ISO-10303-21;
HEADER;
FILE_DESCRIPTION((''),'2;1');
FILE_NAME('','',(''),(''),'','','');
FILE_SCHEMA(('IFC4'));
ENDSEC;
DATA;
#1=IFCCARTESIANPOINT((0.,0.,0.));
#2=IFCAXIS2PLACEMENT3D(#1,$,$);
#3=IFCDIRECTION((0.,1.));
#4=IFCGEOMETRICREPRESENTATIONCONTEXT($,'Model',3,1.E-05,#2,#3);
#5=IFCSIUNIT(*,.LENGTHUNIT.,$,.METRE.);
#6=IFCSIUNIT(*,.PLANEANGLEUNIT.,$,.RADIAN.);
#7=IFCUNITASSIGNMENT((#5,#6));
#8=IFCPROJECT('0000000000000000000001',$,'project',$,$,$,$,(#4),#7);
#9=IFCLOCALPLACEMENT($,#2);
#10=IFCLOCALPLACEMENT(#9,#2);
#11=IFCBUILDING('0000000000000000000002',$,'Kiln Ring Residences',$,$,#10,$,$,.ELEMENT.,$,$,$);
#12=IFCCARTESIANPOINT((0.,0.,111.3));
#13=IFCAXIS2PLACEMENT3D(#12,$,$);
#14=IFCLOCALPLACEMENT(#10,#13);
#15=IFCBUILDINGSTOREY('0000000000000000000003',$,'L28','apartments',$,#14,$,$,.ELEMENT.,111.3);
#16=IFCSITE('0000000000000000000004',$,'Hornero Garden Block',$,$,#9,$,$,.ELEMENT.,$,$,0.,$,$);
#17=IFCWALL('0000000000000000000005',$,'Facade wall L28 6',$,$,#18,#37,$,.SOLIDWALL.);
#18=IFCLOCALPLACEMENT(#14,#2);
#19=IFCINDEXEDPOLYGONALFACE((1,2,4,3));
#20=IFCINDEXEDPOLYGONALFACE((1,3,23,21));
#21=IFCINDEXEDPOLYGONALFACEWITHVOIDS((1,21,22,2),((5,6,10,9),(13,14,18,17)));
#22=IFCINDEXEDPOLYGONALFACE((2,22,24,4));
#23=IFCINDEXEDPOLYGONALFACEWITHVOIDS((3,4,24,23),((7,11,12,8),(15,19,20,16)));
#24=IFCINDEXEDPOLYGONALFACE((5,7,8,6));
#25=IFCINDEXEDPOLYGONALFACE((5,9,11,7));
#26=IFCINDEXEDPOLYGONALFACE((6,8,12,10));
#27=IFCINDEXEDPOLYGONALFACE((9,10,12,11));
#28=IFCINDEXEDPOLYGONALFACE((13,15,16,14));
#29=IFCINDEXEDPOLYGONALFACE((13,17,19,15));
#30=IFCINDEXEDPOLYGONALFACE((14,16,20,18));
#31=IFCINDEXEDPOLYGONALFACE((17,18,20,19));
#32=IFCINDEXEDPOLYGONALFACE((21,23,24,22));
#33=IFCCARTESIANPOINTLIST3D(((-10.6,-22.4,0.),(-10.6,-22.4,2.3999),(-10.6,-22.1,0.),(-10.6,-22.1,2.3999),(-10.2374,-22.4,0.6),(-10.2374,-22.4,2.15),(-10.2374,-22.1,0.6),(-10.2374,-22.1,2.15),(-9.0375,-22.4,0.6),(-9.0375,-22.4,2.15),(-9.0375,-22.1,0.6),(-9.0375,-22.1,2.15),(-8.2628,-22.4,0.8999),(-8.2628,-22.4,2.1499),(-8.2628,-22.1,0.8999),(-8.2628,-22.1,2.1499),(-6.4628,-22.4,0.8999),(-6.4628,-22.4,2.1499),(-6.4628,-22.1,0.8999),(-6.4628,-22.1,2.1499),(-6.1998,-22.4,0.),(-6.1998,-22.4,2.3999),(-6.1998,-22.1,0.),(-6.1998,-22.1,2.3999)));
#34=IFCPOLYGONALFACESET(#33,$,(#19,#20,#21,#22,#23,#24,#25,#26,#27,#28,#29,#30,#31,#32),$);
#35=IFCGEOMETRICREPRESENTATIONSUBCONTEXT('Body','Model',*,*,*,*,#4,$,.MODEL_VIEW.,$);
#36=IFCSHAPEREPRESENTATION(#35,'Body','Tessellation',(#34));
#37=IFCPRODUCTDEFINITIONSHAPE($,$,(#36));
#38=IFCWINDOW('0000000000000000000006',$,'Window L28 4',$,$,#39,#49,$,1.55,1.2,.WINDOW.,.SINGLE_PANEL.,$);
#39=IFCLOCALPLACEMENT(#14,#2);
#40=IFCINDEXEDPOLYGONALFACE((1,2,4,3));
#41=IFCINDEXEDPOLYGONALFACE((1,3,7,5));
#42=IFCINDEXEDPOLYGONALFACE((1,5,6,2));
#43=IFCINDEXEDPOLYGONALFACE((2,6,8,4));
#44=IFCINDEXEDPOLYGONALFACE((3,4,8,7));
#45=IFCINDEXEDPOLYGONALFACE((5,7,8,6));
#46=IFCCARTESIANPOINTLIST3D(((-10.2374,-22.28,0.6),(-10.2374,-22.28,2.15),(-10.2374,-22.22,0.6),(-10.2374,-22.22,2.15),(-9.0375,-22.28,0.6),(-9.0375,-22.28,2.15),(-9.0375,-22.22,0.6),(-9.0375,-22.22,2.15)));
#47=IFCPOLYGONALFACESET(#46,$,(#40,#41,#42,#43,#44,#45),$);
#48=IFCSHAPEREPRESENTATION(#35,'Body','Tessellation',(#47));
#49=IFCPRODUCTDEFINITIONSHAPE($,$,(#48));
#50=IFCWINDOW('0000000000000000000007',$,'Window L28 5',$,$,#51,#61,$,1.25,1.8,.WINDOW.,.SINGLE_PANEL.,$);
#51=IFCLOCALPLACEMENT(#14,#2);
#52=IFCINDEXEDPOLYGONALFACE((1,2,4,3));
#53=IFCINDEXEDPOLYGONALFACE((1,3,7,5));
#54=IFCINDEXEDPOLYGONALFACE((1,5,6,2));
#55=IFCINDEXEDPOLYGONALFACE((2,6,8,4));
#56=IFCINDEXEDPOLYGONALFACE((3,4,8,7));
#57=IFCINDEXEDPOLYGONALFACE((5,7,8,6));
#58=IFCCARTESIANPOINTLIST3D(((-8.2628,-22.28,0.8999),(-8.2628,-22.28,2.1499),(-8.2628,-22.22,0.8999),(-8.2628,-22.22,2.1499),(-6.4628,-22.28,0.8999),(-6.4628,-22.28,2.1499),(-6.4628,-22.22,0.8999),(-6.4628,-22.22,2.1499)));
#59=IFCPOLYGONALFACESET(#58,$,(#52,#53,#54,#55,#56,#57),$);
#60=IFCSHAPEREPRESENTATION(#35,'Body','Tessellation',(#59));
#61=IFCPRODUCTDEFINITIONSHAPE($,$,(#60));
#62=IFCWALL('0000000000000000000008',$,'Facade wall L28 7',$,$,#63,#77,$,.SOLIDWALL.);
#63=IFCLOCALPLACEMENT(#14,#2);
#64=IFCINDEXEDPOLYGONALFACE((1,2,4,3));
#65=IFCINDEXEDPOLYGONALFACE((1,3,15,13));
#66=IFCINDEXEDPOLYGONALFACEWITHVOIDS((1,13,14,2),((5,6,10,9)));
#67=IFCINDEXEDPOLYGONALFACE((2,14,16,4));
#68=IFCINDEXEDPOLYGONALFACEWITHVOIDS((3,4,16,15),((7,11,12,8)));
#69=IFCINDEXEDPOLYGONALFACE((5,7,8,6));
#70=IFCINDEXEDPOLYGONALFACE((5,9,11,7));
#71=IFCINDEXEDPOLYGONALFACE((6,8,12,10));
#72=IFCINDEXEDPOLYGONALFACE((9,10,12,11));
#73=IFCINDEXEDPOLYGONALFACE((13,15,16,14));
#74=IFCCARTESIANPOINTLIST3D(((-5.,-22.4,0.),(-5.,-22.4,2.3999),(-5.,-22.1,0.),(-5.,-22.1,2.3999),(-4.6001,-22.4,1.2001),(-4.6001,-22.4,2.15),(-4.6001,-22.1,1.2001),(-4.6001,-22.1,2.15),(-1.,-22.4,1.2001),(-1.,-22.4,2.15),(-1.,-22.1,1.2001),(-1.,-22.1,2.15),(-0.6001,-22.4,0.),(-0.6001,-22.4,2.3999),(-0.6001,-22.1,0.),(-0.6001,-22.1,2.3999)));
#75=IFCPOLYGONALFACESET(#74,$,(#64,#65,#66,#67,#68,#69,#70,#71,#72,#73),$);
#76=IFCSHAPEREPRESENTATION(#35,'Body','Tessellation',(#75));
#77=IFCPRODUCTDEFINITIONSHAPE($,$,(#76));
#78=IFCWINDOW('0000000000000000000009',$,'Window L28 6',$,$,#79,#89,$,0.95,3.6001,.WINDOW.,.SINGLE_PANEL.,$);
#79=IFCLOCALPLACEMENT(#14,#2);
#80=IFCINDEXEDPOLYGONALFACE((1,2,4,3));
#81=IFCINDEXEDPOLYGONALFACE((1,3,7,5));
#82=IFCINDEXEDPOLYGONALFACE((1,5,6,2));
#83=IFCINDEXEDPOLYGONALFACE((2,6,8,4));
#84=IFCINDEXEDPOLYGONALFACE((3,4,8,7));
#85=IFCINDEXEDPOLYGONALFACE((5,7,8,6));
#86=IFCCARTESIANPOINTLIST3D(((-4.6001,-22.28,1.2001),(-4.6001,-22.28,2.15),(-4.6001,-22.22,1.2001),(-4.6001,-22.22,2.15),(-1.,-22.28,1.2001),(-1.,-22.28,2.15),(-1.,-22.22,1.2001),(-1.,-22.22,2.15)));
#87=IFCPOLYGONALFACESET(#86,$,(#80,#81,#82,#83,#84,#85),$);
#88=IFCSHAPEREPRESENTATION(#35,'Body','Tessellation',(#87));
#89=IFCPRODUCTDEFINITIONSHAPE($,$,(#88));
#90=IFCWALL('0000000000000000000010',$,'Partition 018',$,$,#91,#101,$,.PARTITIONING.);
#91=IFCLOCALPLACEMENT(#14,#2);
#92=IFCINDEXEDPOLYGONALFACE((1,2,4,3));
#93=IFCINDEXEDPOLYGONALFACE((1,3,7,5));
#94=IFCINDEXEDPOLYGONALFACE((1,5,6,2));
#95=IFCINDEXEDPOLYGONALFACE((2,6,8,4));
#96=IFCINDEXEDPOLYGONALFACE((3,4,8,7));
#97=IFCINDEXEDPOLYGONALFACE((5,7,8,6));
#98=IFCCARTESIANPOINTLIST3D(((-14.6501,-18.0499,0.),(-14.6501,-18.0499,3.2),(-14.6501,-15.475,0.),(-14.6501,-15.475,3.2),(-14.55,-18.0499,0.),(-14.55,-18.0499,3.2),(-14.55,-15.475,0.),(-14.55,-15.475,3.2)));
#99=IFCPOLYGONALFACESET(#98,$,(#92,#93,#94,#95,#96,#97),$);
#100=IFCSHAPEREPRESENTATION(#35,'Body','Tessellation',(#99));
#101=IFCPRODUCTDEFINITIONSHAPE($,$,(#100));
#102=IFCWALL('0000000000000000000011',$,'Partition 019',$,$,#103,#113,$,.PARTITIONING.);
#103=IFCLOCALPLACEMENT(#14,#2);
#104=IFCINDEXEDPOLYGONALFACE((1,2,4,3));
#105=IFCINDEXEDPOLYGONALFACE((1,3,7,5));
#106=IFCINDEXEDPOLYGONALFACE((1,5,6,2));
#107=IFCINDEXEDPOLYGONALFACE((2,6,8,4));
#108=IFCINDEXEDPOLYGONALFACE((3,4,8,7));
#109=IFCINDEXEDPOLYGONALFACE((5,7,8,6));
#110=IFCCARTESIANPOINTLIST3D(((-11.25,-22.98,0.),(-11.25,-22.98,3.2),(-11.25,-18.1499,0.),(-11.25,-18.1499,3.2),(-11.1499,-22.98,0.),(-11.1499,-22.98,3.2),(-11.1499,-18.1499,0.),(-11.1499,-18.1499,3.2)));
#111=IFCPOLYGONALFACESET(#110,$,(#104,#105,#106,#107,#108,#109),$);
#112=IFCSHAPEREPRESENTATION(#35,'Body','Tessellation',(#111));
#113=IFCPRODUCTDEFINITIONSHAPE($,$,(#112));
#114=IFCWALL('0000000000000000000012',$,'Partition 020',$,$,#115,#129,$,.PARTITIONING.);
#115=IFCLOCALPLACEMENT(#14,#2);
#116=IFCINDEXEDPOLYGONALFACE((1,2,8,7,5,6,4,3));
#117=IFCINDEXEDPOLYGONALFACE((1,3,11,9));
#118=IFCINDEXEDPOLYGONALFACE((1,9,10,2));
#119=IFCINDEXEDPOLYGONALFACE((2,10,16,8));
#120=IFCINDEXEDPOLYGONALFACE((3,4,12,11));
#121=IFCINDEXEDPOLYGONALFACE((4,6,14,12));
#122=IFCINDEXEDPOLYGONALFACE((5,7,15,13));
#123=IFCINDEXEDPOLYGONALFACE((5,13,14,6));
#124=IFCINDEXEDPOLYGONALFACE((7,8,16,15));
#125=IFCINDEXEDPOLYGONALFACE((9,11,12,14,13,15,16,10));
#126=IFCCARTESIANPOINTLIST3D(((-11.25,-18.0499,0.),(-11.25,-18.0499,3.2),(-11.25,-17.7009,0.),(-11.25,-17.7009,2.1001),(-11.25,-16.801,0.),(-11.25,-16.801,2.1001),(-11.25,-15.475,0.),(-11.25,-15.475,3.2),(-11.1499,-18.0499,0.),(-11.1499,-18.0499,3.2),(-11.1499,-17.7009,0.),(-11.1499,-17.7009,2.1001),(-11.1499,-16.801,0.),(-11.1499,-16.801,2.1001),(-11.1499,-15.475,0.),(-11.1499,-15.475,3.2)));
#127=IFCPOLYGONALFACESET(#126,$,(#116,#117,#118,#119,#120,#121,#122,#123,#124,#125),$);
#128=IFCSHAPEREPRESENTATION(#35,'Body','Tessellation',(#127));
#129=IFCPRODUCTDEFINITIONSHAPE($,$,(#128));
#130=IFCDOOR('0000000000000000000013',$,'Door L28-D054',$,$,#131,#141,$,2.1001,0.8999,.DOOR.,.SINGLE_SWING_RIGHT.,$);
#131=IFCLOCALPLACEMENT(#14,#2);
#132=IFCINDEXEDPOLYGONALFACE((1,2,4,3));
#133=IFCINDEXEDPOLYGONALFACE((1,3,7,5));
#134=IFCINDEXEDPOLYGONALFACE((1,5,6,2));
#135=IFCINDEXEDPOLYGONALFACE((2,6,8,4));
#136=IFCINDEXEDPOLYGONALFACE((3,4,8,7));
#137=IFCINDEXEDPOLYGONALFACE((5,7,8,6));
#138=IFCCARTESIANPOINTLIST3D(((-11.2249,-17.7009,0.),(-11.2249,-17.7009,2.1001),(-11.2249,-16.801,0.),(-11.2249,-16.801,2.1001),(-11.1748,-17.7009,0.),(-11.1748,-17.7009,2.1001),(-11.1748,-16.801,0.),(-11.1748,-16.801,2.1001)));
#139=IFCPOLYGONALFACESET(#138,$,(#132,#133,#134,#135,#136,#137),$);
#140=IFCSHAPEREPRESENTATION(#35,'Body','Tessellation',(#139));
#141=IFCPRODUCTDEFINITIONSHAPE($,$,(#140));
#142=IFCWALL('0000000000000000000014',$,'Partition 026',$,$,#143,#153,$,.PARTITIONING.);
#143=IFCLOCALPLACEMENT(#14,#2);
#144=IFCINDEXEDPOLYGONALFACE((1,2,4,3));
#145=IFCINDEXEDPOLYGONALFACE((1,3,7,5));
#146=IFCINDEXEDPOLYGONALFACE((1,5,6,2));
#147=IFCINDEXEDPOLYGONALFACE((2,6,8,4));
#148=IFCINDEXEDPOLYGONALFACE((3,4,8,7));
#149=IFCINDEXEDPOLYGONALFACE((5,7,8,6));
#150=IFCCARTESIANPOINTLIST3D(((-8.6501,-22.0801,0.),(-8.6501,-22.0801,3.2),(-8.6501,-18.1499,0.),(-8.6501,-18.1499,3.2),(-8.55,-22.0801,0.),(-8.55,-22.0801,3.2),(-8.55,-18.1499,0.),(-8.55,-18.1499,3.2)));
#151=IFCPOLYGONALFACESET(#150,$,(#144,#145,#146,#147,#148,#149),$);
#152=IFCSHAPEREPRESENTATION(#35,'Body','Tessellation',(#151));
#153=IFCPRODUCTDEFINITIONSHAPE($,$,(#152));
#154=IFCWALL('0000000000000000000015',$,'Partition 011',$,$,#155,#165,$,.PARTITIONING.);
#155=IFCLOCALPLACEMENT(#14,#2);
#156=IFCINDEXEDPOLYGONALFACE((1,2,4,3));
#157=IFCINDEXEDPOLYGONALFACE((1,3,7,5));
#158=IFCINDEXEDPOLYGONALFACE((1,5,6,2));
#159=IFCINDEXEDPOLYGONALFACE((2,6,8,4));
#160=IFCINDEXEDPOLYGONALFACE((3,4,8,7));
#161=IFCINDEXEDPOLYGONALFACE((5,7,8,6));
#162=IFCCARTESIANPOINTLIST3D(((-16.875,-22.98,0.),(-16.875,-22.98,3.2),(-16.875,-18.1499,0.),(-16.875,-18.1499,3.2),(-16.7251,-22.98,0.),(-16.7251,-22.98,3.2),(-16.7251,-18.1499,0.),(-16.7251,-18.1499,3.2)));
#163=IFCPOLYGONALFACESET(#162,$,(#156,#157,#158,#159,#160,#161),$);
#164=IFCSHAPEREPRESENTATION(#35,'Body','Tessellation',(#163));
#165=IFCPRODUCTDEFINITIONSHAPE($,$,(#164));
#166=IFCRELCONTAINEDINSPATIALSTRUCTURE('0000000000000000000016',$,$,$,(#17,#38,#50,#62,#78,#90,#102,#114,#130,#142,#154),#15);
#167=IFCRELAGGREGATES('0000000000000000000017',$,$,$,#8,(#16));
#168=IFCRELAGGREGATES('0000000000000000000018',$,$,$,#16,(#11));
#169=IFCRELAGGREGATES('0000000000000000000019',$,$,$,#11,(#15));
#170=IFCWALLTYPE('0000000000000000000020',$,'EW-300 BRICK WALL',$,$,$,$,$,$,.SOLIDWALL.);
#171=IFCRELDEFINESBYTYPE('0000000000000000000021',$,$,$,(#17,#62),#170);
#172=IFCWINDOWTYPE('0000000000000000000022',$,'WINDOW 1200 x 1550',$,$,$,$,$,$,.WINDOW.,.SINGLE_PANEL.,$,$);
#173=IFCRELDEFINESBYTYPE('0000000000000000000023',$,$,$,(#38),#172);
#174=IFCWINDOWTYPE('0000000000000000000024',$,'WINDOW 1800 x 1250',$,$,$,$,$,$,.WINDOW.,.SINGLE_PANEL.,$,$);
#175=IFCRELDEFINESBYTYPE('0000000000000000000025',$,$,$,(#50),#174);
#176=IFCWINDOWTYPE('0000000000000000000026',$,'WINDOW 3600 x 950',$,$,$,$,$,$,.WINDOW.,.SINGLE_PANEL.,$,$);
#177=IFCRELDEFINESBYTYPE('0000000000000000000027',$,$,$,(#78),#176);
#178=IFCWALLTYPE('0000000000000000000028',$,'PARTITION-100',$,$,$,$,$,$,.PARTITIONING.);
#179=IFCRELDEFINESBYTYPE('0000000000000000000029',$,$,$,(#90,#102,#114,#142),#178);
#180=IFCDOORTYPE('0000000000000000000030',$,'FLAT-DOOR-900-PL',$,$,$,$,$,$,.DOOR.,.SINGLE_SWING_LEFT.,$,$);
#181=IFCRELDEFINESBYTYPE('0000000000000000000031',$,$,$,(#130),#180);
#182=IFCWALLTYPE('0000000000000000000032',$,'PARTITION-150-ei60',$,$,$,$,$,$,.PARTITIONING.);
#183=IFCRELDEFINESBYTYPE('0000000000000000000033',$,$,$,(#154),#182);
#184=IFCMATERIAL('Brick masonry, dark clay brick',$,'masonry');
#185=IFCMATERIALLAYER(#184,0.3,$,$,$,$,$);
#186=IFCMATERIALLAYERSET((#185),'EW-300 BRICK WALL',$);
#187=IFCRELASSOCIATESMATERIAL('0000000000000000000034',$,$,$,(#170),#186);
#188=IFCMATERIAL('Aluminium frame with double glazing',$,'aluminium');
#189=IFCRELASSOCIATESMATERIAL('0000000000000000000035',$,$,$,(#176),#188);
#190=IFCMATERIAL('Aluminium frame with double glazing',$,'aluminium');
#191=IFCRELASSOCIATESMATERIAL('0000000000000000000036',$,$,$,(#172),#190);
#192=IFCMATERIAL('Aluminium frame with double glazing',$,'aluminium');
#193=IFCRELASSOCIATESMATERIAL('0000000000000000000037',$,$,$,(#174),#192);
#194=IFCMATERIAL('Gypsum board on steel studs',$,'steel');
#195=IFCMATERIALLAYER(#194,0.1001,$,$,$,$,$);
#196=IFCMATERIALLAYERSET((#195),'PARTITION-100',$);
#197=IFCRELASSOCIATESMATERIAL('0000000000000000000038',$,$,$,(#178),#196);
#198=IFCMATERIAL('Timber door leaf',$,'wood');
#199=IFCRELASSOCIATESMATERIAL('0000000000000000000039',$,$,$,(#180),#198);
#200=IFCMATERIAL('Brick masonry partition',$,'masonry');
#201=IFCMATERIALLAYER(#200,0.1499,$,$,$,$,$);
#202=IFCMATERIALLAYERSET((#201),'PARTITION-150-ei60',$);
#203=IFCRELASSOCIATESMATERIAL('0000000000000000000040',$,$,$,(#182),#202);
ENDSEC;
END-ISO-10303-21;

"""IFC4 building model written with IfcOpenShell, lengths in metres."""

from ifc_helpers import new_model, si_unit, direction, frame, frame_2d, origin, place, context, subcontext, project, spatial, rectangle, extrude, material, layer, layer_set, type_object, element, fill, save


model = new_model("IFC4")

# Units and contexts
model_context = context("Model", 3, precision=1e-05, world=origin(), true_north=direction((0.0, 1.0)))
body_context = subcontext(model_context, "Body", "Model", "MODEL_VIEW")
ifc_project = project(units=[si_unit("LENGTHUNIT", "METRE"), si_unit("PLANEANGLEUNIT", "RADIAN")], contexts=[model_context])

# Site, building, storey
site_placement = place(None, origin())
site = spatial("IfcSite", under=ifc_project, at=site_placement, Name="Hornero Garden Block", CompositionType="ELEMENT", RefElevation=0.0)
building_placement = place(site_placement, origin())
building = spatial("IfcBuilding", under=site, at=building_placement, Name="Kiln Ring Residences", CompositionType="ELEMENT")
storey_placement = place(building_placement, frame((0.0, 0.0, 111.3)))
storey = spatial("IfcBuildingStorey", under=building, at=storey_placement, Name="L28", Description="apartments", CompositionType="ELEMENT", Elevation=111.3)

# Shared definitions
ifc_material_1 = material(Name="Brick masonry, dark clay brick", Category="masonry")
ifc_layer_1 = layer(ifc_material_1, 0.3)
ifc_layer_set_1 = layer_set([ifc_layer_1], Name="EW-300 BRICK WALL")
wall_type_1 = type_object("IfcWallType", Name="EW-300 BRICK WALL", PredefinedType="SOLIDWALL", material=ifc_layer_set_1)
ifc_material_2 = material(Name="Aluminium frame with double glazing", Category="aluminium")
window_type_1 = type_object("IfcWindowType", Name="WINDOW 3600 x 950", PartitioningType="SINGLE_PANEL", PredefinedType="WINDOW", material=ifc_material_2)

# Wall, openings, windows
wall_1_placement = place(storey_placement, frame((-10.6001, -22.25, 0.0), z_axis=(0.0, 0.0, 1.0), x_axis=(1.0, 0.0, 0.0)))
wall_1 = element("IfcWall", 1, at=wall_1_placement, inside=storey, type_object=wall_type_1, Name="Facade wall L28 6", PredefinedType="SOLIDWALL", context=body_context, shape_type="SweptSolid", body=[
    extrude(rectangle(XDim=4.4001, YDim=0.3, at=frame_2d((2.2002, 0.0))), origin(), (0.0, 0.0, 1.0), 2.3999),
])
opening_1_placement = place(wall_1_placement, frame((0.3625, 0.0, 0.6001)))
opening_1 = element("IfcOpeningElement", 2, at=opening_1_placement, cuts=wall_1, PredefinedType="OPENING", context=body_context, shape_type="SweptSolid", body=[
    extrude(rectangle(XDim=1.2, YDim=1.55, at=frame_2d((0.6001, 0.7749))), frame((0.0, 0.1599, 0.0), z_axis=(0.0, -1.0, 0.0), x_axis=(1.0, 0.0, 0.0)), (0.0, 0.0, 1.0), 0.3201),
])
opening_2_placement = place(wall_1_placement, frame((2.3374, 0.0, 0.8999)))
opening_2 = element("IfcOpeningElement", 3, at=opening_2_placement, cuts=wall_1, PredefinedType="OPENING", context=body_context, shape_type="SweptSolid", body=[
    extrude(rectangle(XDim=1.8, YDim=1.25, at=frame_2d((0.8999, 0.625))), frame((0.0, 0.1599, 0.0), z_axis=(0.0, -1.0, 0.0), x_axis=(1.0, 0.0, 0.0)), (0.0, 0.0, 1.0), 0.3201),
])
ifc_material_3 = material(Name="Aluminium frame with double glazing", Category="aluminium")
window_type_2 = type_object("IfcWindowType", Name="WINDOW 1200 x 1550", PartitioningType="SINGLE_PANEL", PredefinedType="WINDOW", material=ifc_material_3)
window_1_placement = place(opening_1_placement, origin())
window_1 = element("IfcWindow", 4, at=window_1_placement, inside=storey, type_object=window_type_2, Name="Window L28 4", OverallHeight=1.55, OverallWidth=1.2, PartitioningType="SINGLE_PANEL", PredefinedType="WINDOW", context=body_context, shape_type="SweptSolid", body=[
    extrude(rectangle(XDim=1.2, YDim=1.55, at=frame_2d((0.6001, 0.7749))), frame((0.0, 0.03, 0.0), z_axis=(0.0, -1.0, 0.0), x_axis=(1.0, 0.0, 0.0)), (0.0, 0.0, 1.0), 0.0601),
])
fill(opening_1, window_1)
ifc_material_4 = material(Name="Aluminium frame with double glazing", Category="aluminium")
window_type_3 = type_object("IfcWindowType", Name="WINDOW 1800 x 1250", PartitioningType="SINGLE_PANEL", PredefinedType="WINDOW", material=ifc_material_4)
window_2_placement = place(opening_2_placement, origin())
window_2 = element("IfcWindow", 5, at=window_2_placement, inside=storey, type_object=window_type_3, Name="Window L28 5", OverallHeight=1.25, OverallWidth=1.8, PartitioningType="SINGLE_PANEL", PredefinedType="WINDOW", context=body_context, shape_type="SweptSolid", body=[
    extrude(rectangle(XDim=1.8, YDim=1.25, at=frame_2d((0.8999, 0.625))), frame((0.0, 0.03, 0.0), z_axis=(0.0, -1.0, 0.0), x_axis=(1.0, 0.0, 0.0)), (0.0, 0.0, 1.0), 0.0601),
])
fill(opening_2, window_2)

# Wall, opening, window
wall_2_placement = place(storey_placement, frame((-5.0, -22.25, 0.0), z_axis=(0.0, 0.0, 1.0), x_axis=(1.0, 0.0, 0.0)))
wall_2 = element("IfcWall", 6, at=wall_2_placement, inside=storey, type_object=wall_type_1, Name="Facade wall L28 7", PredefinedType="SOLIDWALL", context=body_context, shape_type="SweptSolid", body=[
    extrude(rectangle(XDim=4.3999, YDim=0.3, at=frame_2d((2.2, 0.0))), origin(), (0.0, 0.0, 1.0), 2.3999),
])
opening_3_placement = place(wall_2_placement, frame((0.3999, 0.0, 1.2)))
opening_3 = element("IfcOpeningElement", 7, at=opening_3_placement, cuts=wall_2, PredefinedType="OPENING", context=body_context, shape_type="SweptSolid", body=[
    extrude(rectangle(XDim=3.6001, YDim=0.95, at=frame_2d((1.8, 0.4751))), frame((0.0, 0.1599, 0.0), z_axis=(0.0, -1.0, 0.0), x_axis=(1.0, 0.0, 0.0)), (0.0, 0.0, 1.0), 0.3201),
])
window_3_placement = place(opening_3_placement, origin())
window_3 = element("IfcWindow", 8, at=window_3_placement, inside=storey, type_object=window_type_1, Name="Window L28 6", OverallHeight=0.95, OverallWidth=3.6001, PartitioningType="SINGLE_PANEL", PredefinedType="WINDOW", context=body_context, shape_type="SweptSolid", body=[
    extrude(rectangle(XDim=3.6001, YDim=0.95, at=frame_2d((1.8, 0.4751))), frame((0.0, 0.03, 0.0), z_axis=(0.0, -1.0, 0.0), x_axis=(1.0, 0.0, 0.0)), (0.0, 0.0, 1.0), 0.0601),
])
fill(opening_3, window_3)

# Walls
ifc_material_5 = material(Name="Gypsum board on steel studs", Category="steel")
ifc_layer_2 = layer(ifc_material_5, 0.1001)
ifc_layer_set_2 = layer_set([ifc_layer_2], Name="PARTITION-100")
wall_type_2 = type_object("IfcWallType", Name="PARTITION-100", PredefinedType="PARTITIONING", material=ifc_layer_set_2)
wall_3_placement = place(storey_placement, frame((-14.6001, -18.05, 0.0), z_axis=(0.0, 0.0, 1.0), x_axis=(0.0, 1.0, 0.0)))
element("IfcWall", 9, at=wall_3_placement, inside=storey, type_object=wall_type_2, Name="Partition 018", PredefinedType="PARTITIONING", context=body_context, shape_type="SweptSolid", body=[
    extrude(rectangle(XDim=2.575, YDim=0.1001, at=frame_2d((1.2876, 0.0))), origin(), (0.0, 0.0, 1.0), 3.2),
])
wall_4_placement = place(storey_placement, frame((-11.2, -22.98, 0.0), z_axis=(0.0, 0.0, 1.0), x_axis=(0.0, 1.0, 0.0)))
element("IfcWall", 10, at=wall_4_placement, inside=storey, type_object=wall_type_2, Name="Partition 019", PredefinedType="PARTITIONING", context=body_context, shape_type="SweptSolid", body=[
    extrude(rectangle(XDim=4.8301, YDim=0.1001, at=frame_2d((2.415, 0.0))), origin(), (0.0, 0.0, 1.0), 3.2),
])

# Wall, opening, door
wall_5_placement = place(storey_placement, frame((-11.2, -18.05, 0.0), z_axis=(0.0, 0.0, 1.0), x_axis=(0.0, 1.0, 0.0)))
wall_5 = element("IfcWall", 11, at=wall_5_placement, inside=storey, type_object=wall_type_2, Name="Partition 020", PredefinedType="PARTITIONING", context=body_context, shape_type="SweptSolid", body=[
    extrude(rectangle(XDim=2.575, YDim=0.1001, at=frame_2d((1.2876, 0.0))), origin(), (0.0, 0.0, 1.0), 3.2),
])
opening_4_placement = place(wall_5_placement, frame((0.3491, 0.0, 0.0)))
opening_4 = element("IfcOpeningElement", 12, at=opening_4_placement, cuts=wall_5, PredefinedType="OPENING", context=body_context, shape_type="SweptSolid", body=[
    extrude(rectangle(XDim=0.8999, YDim=2.1001, at=frame_2d((0.45, 1.05))), frame((0.0, 0.0601, 0.0), z_axis=(0.0, -1.0, 0.0), x_axis=(1.0, 0.0, 0.0)), (0.0, 0.0, 1.0), 0.1201),
])
ifc_material_6 = material(Name="Timber door leaf", Category="wood")
door_type = type_object("IfcDoorType", Name="FLAT-DOOR-900-PL", OperationType="SINGLE_SWING_LEFT", PredefinedType="DOOR", material=ifc_material_6)
door_placement = place(opening_4_placement, origin())
door = element("IfcDoor", 13, at=door_placement, inside=storey, type_object=door_type, Name="Door L28-D054", OperationType="SINGLE_SWING_RIGHT", OverallHeight=2.1001, OverallWidth=0.8999, PredefinedType="DOOR", context=body_context, shape_type="SweptSolid", body=[
    extrude(rectangle(XDim=0.8999, YDim=2.1001, at=frame_2d((0.45, 1.05))), frame((0.0, 0.0249, 0.0), z_axis=(0.0, -1.0, 0.0), x_axis=(1.0, 0.0, 0.0)), (0.0, 0.0, 1.0), 0.05),
])
fill(opening_4, door)

# Walls
wall_6_placement = place(storey_placement, frame((-8.6001, -22.0801, 0.0), z_axis=(0.0, 0.0, 1.0), x_axis=(0.0, 1.0, 0.0)))
element("IfcWall", 14, at=wall_6_placement, inside=storey, type_object=wall_type_2, Name="Partition 026", PredefinedType="PARTITIONING", context=body_context, shape_type="SweptSolid", body=[
    extrude(rectangle(XDim=3.9302, YDim=0.1001, at=frame_2d((1.9651, 0.0))), origin(), (0.0, 0.0, 1.0), 3.2),
])
ifc_material_7 = material(Name="Brick masonry partition", Category="masonry")
ifc_layer_3 = layer(ifc_material_7, 0.1499)
ifc_layer_set_3 = layer_set([ifc_layer_3], Name="PARTITION-150-ei60")
wall_type_3 = type_object("IfcWallType", Name="PARTITION-150-ei60", PredefinedType="PARTITIONING", material=ifc_layer_set_3)
wall_7_placement = place(storey_placement, frame((-16.8, -22.98, 0.0), z_axis=(0.0, 0.0, 1.0), x_axis=(0.0, 1.0, 0.0)))
element("IfcWall", 15, at=wall_7_placement, inside=storey, type_object=wall_type_3, Name="Partition 011", PredefinedType="PARTITIONING", context=body_context, shape_type="SweptSolid", body=[
    extrude(rectangle(XDim=4.8301, YDim=0.1499, at=frame_2d((2.415, 0.0))), origin(), (0.0, 0.0, 1.0), 3.2),
])

save(model, "model.ifc")
